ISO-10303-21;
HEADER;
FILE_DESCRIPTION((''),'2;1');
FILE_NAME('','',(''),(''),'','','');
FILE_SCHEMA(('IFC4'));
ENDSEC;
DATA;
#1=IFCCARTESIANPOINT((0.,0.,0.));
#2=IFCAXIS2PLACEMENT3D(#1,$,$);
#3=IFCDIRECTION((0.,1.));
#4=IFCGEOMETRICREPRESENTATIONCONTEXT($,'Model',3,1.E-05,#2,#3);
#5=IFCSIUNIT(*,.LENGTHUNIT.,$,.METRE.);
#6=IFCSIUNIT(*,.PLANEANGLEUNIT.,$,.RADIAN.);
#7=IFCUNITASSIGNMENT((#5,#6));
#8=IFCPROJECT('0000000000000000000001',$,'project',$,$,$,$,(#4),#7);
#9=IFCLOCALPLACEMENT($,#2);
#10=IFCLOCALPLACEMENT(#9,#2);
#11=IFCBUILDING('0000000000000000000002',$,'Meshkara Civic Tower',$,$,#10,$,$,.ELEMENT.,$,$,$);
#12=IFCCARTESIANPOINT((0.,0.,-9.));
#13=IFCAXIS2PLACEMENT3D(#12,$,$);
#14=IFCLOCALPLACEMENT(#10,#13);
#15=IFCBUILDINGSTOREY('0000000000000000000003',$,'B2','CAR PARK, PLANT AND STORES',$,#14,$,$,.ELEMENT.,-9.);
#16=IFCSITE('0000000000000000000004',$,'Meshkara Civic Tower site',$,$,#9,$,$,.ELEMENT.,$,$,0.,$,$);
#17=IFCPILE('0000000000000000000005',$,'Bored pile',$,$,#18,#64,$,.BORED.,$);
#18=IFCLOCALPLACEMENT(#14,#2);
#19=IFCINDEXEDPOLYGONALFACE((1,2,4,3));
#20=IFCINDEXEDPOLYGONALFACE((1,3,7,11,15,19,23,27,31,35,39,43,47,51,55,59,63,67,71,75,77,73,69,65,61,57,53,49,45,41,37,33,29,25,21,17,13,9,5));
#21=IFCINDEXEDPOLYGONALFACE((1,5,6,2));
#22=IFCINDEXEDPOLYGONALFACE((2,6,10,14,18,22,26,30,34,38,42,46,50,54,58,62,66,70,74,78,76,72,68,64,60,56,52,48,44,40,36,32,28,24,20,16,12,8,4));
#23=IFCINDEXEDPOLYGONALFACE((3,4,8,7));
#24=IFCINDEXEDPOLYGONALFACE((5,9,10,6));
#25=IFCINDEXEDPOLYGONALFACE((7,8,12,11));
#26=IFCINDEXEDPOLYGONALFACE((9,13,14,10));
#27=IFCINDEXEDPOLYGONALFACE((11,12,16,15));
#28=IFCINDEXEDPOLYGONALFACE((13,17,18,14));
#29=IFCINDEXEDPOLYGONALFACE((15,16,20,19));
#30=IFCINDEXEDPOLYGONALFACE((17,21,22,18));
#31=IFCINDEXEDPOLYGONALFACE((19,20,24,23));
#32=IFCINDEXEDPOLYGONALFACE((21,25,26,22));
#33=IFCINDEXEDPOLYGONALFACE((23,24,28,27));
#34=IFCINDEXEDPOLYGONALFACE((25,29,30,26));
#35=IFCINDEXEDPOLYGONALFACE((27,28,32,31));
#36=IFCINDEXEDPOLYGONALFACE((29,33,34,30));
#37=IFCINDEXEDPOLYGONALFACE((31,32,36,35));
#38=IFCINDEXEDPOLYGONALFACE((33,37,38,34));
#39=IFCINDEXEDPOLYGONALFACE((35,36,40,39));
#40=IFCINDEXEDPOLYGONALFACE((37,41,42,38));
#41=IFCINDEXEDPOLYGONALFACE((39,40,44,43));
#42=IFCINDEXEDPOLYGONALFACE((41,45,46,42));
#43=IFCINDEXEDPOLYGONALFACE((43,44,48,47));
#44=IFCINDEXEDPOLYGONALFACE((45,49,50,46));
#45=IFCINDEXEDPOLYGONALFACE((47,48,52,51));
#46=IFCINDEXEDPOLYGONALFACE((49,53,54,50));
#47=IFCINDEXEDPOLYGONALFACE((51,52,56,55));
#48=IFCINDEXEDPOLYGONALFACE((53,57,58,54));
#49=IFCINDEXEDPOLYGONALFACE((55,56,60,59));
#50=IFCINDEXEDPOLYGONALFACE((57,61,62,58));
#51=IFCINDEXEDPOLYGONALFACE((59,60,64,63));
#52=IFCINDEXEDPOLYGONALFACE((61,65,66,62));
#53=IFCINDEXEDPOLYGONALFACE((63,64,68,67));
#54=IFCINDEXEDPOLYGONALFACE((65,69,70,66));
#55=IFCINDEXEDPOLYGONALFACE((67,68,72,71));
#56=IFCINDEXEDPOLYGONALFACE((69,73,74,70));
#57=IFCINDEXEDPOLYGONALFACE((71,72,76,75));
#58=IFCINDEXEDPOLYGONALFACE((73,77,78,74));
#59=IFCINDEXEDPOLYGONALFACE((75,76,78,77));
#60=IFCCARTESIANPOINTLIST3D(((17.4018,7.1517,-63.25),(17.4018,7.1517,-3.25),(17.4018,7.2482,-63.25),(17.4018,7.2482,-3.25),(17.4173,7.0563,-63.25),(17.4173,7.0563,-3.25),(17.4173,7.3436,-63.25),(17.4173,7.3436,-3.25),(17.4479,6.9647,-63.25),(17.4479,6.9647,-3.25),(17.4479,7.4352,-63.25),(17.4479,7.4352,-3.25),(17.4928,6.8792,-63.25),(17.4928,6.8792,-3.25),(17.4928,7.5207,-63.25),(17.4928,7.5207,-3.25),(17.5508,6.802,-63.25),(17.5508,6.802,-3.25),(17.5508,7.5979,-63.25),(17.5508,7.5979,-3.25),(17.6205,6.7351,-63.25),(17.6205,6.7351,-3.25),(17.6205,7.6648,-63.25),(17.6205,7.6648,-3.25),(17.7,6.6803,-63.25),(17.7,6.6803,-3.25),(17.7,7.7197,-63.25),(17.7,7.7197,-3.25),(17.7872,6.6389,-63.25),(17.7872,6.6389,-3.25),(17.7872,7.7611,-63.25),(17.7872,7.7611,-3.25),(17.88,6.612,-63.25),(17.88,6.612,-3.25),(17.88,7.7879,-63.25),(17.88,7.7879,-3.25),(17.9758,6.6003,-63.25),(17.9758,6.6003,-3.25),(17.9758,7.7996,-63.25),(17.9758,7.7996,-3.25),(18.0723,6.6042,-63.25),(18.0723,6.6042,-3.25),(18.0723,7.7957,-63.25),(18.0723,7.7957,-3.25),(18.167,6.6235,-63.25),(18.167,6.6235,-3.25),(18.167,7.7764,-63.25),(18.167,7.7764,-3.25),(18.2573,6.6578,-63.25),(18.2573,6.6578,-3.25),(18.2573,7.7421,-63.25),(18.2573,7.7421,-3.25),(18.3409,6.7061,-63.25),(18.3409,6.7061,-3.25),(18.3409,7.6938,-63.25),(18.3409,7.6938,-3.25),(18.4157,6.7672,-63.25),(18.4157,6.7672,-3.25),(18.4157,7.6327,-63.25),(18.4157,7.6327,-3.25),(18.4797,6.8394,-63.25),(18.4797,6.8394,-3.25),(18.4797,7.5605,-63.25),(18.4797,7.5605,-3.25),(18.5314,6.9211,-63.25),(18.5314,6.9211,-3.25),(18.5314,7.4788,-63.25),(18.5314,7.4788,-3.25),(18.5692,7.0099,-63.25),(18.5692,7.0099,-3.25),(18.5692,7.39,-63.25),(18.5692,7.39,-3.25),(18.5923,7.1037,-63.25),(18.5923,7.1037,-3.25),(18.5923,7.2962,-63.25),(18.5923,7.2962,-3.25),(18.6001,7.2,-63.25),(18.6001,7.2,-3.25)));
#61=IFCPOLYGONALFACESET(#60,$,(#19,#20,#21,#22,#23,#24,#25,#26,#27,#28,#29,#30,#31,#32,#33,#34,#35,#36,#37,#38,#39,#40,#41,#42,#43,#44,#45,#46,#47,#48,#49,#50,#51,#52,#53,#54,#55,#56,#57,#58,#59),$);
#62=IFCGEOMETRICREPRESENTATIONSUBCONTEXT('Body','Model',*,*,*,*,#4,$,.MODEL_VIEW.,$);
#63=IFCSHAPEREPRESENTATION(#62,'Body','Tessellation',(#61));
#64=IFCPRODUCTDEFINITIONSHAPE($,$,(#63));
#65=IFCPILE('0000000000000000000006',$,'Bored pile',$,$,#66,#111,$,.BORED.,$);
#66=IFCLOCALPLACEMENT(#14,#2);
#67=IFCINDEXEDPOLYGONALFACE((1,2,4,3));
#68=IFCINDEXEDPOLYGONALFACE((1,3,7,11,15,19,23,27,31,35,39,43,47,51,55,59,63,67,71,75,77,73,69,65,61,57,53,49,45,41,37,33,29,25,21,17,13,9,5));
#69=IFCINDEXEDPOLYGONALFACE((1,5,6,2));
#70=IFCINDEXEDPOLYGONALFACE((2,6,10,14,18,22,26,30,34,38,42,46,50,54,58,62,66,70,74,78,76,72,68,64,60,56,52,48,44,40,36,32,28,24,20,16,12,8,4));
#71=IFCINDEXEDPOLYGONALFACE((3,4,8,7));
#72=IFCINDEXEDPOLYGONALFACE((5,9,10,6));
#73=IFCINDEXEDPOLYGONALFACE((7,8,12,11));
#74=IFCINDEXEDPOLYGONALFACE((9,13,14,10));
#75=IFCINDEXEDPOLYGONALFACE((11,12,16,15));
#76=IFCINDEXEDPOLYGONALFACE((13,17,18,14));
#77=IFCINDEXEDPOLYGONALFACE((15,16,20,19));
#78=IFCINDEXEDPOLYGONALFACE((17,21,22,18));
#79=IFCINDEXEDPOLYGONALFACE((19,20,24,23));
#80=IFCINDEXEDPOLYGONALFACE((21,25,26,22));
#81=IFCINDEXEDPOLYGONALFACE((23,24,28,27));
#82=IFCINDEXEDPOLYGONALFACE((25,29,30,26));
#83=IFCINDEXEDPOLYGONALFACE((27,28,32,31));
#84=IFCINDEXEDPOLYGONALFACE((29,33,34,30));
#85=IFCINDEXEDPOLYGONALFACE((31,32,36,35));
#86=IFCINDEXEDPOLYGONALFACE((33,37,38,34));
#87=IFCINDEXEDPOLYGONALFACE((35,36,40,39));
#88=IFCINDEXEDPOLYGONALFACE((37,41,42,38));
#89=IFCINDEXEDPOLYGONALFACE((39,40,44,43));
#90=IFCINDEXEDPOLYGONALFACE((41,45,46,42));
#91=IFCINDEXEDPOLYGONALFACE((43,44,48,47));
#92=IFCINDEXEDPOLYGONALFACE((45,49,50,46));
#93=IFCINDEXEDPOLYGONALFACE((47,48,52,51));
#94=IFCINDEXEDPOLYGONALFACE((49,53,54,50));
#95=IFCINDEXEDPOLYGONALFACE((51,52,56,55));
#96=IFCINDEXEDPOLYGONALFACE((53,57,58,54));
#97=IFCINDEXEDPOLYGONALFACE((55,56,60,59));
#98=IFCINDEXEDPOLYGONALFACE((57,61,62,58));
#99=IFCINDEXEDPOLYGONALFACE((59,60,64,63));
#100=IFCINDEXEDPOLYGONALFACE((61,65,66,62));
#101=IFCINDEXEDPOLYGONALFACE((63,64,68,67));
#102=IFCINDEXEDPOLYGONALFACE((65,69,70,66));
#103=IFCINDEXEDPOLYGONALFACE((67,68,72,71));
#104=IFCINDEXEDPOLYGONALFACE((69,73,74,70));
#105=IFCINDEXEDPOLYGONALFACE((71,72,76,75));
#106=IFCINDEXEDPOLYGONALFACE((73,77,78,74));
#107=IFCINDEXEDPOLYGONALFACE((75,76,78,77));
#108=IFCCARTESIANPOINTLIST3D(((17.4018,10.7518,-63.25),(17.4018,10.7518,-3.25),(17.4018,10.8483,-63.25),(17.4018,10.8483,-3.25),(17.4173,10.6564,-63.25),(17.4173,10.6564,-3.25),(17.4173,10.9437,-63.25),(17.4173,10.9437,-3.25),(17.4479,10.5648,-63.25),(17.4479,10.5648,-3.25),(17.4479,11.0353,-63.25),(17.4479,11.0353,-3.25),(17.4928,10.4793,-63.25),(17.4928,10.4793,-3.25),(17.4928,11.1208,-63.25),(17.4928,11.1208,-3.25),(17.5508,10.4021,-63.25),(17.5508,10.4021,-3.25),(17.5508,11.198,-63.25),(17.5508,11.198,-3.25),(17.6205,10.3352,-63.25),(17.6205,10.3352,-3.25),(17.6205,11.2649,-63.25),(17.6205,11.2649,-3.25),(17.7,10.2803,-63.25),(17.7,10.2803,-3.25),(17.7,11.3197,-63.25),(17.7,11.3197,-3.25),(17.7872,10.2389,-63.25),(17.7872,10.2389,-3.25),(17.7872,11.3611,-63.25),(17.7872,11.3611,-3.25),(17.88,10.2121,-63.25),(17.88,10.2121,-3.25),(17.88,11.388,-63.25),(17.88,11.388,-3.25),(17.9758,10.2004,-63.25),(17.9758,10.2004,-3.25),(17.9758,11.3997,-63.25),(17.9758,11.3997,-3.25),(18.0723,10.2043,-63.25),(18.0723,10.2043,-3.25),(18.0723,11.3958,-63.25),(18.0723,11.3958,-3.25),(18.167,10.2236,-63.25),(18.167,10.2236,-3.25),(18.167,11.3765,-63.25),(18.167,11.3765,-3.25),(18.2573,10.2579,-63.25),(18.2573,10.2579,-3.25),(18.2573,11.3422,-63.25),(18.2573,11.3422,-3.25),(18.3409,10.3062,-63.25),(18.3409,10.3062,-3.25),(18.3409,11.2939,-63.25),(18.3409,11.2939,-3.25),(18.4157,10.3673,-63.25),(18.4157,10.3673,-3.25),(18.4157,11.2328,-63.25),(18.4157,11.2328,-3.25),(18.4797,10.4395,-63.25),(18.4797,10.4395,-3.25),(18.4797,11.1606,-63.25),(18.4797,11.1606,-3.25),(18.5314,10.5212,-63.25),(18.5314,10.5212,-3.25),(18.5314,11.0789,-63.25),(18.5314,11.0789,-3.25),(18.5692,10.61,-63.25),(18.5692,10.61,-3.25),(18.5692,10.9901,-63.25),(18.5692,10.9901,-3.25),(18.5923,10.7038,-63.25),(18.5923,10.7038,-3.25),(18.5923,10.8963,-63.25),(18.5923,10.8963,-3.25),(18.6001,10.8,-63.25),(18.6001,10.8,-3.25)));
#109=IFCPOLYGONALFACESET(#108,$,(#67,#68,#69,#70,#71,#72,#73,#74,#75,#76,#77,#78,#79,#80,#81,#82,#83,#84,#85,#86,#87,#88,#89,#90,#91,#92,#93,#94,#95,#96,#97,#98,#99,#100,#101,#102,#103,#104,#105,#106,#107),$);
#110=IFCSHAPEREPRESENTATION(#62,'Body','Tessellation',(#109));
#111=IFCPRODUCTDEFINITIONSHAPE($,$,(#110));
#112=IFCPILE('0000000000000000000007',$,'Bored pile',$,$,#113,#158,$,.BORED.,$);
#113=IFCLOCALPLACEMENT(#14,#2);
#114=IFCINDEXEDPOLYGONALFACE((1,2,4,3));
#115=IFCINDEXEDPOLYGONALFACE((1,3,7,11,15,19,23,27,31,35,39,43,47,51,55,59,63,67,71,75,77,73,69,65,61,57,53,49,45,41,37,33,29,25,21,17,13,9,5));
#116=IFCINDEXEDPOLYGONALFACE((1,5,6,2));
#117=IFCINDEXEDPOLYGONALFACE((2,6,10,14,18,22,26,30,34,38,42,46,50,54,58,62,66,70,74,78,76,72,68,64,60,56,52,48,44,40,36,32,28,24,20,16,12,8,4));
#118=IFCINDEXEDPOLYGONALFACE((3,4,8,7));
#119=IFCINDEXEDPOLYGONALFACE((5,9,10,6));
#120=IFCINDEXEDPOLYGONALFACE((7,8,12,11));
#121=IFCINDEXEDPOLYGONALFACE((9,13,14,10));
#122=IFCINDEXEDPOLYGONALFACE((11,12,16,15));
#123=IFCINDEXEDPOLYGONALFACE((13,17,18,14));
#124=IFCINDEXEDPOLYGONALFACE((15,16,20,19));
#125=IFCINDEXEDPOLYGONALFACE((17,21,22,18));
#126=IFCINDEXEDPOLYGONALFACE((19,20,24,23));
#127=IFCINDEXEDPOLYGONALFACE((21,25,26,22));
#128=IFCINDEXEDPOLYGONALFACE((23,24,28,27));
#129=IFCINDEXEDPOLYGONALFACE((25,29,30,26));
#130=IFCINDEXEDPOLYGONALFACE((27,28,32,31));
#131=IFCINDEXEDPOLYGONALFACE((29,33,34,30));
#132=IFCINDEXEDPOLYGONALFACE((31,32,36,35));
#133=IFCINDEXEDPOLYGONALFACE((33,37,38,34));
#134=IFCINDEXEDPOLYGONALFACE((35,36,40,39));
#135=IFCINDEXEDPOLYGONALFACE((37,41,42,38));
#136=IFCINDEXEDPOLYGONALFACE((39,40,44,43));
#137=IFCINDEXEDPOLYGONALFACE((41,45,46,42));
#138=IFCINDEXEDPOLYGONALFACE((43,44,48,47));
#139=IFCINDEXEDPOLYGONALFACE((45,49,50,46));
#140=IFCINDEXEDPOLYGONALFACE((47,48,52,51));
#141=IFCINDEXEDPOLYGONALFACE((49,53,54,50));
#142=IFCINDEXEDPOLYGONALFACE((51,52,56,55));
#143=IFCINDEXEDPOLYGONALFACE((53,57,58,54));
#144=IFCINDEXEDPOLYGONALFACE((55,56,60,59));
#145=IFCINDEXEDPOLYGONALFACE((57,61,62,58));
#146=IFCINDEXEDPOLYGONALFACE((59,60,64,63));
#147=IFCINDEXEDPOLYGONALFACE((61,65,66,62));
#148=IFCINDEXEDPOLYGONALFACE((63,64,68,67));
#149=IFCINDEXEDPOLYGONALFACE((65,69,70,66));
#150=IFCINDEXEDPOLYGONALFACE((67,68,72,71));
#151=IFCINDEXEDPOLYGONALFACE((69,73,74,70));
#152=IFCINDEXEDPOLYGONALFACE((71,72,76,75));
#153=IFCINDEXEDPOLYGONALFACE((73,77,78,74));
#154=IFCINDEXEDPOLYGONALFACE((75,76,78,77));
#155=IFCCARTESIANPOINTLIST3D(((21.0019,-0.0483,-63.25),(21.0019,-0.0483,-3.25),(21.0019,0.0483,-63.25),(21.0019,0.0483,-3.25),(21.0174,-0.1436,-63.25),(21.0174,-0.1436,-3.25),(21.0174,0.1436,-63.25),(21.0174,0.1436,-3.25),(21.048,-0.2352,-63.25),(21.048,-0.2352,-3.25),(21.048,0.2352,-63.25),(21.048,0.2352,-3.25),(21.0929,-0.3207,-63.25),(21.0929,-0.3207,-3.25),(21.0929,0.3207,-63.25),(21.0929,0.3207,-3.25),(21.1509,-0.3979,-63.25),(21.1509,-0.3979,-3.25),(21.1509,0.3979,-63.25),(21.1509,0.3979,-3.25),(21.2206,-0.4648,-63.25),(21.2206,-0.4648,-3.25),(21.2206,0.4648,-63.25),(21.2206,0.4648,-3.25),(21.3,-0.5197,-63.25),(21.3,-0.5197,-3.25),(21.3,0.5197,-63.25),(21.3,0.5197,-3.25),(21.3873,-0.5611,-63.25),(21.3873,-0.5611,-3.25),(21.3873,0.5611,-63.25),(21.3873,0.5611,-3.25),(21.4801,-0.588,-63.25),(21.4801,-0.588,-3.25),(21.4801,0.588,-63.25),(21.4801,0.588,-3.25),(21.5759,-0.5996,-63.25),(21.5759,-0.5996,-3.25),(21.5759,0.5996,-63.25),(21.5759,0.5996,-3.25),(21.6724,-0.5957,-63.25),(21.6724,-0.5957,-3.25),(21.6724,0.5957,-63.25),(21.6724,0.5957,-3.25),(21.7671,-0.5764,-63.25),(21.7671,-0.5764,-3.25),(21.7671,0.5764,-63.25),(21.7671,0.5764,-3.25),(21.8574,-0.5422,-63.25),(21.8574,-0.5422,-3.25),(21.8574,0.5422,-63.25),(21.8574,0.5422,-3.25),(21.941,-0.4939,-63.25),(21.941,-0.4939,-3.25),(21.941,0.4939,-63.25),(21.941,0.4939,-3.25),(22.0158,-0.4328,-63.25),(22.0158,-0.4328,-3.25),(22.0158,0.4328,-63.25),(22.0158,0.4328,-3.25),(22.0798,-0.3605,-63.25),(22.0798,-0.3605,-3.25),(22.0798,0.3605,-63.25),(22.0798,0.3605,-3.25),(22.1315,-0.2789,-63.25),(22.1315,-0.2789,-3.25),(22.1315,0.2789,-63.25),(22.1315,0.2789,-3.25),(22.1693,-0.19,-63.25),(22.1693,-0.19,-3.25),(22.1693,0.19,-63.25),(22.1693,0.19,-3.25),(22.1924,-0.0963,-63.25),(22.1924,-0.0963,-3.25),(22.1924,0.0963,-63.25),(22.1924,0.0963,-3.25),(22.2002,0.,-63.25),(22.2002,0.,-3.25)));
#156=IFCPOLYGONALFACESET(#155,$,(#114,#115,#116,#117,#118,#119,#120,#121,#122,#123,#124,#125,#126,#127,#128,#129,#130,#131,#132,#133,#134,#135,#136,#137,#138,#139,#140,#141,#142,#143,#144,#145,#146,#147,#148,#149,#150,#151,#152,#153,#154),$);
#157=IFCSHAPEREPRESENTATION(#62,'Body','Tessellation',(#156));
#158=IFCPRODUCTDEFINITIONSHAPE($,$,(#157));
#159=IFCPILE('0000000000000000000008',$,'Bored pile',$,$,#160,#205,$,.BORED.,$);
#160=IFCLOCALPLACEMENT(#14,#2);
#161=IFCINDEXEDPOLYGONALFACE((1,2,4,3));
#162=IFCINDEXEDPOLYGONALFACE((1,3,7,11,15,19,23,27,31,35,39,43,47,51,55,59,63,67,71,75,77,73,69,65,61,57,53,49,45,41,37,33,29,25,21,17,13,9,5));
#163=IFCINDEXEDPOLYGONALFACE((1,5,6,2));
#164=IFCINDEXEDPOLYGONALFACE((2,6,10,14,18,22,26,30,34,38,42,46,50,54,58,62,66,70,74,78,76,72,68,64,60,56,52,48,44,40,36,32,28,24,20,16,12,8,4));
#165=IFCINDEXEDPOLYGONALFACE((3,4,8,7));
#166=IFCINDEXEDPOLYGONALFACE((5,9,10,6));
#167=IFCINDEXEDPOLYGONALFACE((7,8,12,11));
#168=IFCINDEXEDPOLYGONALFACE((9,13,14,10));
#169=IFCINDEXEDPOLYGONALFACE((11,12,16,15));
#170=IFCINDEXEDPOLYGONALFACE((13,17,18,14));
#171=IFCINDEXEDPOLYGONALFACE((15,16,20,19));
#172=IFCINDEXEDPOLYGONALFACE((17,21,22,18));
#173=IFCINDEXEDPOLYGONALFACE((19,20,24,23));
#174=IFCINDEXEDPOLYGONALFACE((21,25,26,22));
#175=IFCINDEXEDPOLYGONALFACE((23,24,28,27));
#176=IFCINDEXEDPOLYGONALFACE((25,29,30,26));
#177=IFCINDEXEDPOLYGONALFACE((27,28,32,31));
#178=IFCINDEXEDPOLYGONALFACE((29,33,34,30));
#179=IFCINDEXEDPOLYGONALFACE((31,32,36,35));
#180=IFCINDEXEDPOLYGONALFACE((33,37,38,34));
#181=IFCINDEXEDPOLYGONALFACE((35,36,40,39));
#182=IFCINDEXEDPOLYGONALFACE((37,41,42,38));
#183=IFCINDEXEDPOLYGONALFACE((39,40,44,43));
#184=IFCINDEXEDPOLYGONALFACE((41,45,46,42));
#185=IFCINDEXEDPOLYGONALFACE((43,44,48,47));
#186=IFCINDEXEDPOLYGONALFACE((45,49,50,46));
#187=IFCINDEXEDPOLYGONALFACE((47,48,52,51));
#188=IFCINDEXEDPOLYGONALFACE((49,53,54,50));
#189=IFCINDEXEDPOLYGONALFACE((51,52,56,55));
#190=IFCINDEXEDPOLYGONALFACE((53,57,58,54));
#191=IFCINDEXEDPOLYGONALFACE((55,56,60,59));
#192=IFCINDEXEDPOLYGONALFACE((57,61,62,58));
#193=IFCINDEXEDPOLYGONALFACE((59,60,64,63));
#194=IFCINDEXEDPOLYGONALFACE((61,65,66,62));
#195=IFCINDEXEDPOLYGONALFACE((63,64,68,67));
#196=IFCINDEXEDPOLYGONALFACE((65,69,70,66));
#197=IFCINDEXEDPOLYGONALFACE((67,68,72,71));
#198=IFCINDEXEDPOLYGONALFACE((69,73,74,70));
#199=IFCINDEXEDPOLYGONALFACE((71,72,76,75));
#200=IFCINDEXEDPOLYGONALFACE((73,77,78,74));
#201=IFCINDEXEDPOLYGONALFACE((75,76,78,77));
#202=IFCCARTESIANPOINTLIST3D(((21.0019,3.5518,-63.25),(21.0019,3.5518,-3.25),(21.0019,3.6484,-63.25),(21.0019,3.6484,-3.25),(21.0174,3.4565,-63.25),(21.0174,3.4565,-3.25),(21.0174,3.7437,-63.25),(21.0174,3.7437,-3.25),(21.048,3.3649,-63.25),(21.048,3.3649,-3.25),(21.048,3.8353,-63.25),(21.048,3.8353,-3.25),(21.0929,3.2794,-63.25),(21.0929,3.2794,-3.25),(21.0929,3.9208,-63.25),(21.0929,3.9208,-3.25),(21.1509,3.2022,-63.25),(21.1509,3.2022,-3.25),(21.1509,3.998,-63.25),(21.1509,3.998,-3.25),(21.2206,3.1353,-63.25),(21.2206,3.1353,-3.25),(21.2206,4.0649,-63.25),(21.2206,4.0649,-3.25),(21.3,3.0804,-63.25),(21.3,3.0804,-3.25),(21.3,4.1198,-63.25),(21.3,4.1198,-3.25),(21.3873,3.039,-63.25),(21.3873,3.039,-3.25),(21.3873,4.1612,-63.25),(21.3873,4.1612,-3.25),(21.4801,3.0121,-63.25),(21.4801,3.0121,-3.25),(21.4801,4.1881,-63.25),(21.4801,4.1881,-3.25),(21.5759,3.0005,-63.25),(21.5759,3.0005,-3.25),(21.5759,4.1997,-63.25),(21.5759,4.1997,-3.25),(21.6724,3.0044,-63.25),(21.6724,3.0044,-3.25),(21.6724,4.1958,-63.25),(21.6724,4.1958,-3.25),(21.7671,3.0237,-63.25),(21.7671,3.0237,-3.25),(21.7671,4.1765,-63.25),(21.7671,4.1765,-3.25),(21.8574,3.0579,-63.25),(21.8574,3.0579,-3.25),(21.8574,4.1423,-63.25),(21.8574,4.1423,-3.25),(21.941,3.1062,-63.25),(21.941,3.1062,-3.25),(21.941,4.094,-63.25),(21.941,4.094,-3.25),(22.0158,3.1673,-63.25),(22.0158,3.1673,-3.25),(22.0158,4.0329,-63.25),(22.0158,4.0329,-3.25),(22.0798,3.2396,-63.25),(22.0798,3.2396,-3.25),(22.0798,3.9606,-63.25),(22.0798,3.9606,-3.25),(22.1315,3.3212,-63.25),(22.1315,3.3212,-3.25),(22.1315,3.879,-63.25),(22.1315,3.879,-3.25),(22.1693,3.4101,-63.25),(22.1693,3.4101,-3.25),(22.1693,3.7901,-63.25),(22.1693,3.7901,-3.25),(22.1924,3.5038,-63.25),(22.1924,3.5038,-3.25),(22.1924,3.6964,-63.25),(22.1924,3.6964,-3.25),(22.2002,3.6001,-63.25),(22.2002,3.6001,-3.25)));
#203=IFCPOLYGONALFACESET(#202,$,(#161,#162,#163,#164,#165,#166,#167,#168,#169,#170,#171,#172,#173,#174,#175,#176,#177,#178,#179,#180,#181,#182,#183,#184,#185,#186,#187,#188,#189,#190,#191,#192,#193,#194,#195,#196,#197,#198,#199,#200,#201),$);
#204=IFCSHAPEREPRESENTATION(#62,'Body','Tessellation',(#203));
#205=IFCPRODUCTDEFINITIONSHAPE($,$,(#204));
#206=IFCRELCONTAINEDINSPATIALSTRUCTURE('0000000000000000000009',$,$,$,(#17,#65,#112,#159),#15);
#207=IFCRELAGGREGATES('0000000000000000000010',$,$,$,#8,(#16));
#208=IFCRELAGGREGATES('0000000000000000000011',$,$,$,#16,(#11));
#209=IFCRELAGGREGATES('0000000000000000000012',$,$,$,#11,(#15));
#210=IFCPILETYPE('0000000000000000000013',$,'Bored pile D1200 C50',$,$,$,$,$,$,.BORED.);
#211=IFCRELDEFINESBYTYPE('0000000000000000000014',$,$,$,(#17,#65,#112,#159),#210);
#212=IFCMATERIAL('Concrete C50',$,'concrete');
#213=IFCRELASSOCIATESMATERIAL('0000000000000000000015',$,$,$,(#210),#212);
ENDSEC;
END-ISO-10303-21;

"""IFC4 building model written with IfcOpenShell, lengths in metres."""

from ifc_helpers import new_model, si_unit, direction, frame, origin, origin_2d, place, context, subcontext, project, spatial, circle, extrude, material, material_profile, profile_set, type_object, element, save


model = new_model("IFC4")

# Units and contexts
model_context = context("Model", 3, precision=1e-05, world=origin(), true_north=direction((0.0, 1.0)))
body_context = subcontext(model_context, "Body", "Model", "MODEL_VIEW")
ifc_project = project(units=[si_unit("LENGTHUNIT", "METRE"), si_unit("PLANEANGLEUNIT", "RADIAN")], contexts=[model_context])

# Site, building, storey
site_placement = place(None, origin())
site = spatial("IfcSite", under=ifc_project, at=site_placement, Name="Meshkara Civic Tower site", CompositionType="ELEMENT", RefElevation=0.0)
building_placement = place(site_placement, origin())
building = spatial("IfcBuilding", under=site, at=building_placement, Name="Meshkara Civic Tower", CompositionType="ELEMENT")
storey_placement = place(building_placement, frame((0.0, 0.0, -9.0)))
storey = spatial("IfcBuildingStorey", under=building, at=storey_placement, Name="B2", Description="CAR PARK, PLANT AND STORES", CompositionType="ELEMENT", Elevation=-9.0)

# Piles
ifc_material_1 = material(Name="Concrete C50", Category="concrete")
ifc_material_profile_1 = material_profile(ifc_material_1, circle(Radius=0.6001, at=origin_2d()))
ifc_profile_set_1 = profile_set([ifc_material_profile_1], Name="Concrete C50")
pile_type = type_object("IfcPileType", Name="Bored pile D1200 C50", PredefinedType="BORED", material=ifc_profile_set_1)
for number, where, z_axis, x_axis, name in (
    (1, (18.0, 7.2, -3.25), (0.0, 0.0, -1.0), (1.0, 0.0, 0.0), "Bored pile"),
    (2, (18.0, 10.8, -3.25), (0.0, 0.0, -1.0), (1.0, 0.0, 0.0), "Bored pile"),
    (3, (21.6001, 0.0, -3.25), (0.0, 0.0, -1.0), (1.0, 0.0, 0.0), "Bored pile"),
    (4, (21.6001, 3.6001, -3.25), (0.0, 0.0, -1.0), (1.0, 0.0, 0.0), "Bored pile"),
):
    element("IfcPile", number, at=place(storey_placement, frame(where, z_axis=z_axis, x_axis=x_axis)), inside=storey, type_object=pile_type, Name=name, PredefinedType="BORED", context=body_context, shape_type="SweptSolid", body=[
        extrude(circle(Radius=0.6001, at=origin_2d()), origin(), (0.0, 0.0, 1.0), 60.0),
    ])

save(model, "model.ifc")
